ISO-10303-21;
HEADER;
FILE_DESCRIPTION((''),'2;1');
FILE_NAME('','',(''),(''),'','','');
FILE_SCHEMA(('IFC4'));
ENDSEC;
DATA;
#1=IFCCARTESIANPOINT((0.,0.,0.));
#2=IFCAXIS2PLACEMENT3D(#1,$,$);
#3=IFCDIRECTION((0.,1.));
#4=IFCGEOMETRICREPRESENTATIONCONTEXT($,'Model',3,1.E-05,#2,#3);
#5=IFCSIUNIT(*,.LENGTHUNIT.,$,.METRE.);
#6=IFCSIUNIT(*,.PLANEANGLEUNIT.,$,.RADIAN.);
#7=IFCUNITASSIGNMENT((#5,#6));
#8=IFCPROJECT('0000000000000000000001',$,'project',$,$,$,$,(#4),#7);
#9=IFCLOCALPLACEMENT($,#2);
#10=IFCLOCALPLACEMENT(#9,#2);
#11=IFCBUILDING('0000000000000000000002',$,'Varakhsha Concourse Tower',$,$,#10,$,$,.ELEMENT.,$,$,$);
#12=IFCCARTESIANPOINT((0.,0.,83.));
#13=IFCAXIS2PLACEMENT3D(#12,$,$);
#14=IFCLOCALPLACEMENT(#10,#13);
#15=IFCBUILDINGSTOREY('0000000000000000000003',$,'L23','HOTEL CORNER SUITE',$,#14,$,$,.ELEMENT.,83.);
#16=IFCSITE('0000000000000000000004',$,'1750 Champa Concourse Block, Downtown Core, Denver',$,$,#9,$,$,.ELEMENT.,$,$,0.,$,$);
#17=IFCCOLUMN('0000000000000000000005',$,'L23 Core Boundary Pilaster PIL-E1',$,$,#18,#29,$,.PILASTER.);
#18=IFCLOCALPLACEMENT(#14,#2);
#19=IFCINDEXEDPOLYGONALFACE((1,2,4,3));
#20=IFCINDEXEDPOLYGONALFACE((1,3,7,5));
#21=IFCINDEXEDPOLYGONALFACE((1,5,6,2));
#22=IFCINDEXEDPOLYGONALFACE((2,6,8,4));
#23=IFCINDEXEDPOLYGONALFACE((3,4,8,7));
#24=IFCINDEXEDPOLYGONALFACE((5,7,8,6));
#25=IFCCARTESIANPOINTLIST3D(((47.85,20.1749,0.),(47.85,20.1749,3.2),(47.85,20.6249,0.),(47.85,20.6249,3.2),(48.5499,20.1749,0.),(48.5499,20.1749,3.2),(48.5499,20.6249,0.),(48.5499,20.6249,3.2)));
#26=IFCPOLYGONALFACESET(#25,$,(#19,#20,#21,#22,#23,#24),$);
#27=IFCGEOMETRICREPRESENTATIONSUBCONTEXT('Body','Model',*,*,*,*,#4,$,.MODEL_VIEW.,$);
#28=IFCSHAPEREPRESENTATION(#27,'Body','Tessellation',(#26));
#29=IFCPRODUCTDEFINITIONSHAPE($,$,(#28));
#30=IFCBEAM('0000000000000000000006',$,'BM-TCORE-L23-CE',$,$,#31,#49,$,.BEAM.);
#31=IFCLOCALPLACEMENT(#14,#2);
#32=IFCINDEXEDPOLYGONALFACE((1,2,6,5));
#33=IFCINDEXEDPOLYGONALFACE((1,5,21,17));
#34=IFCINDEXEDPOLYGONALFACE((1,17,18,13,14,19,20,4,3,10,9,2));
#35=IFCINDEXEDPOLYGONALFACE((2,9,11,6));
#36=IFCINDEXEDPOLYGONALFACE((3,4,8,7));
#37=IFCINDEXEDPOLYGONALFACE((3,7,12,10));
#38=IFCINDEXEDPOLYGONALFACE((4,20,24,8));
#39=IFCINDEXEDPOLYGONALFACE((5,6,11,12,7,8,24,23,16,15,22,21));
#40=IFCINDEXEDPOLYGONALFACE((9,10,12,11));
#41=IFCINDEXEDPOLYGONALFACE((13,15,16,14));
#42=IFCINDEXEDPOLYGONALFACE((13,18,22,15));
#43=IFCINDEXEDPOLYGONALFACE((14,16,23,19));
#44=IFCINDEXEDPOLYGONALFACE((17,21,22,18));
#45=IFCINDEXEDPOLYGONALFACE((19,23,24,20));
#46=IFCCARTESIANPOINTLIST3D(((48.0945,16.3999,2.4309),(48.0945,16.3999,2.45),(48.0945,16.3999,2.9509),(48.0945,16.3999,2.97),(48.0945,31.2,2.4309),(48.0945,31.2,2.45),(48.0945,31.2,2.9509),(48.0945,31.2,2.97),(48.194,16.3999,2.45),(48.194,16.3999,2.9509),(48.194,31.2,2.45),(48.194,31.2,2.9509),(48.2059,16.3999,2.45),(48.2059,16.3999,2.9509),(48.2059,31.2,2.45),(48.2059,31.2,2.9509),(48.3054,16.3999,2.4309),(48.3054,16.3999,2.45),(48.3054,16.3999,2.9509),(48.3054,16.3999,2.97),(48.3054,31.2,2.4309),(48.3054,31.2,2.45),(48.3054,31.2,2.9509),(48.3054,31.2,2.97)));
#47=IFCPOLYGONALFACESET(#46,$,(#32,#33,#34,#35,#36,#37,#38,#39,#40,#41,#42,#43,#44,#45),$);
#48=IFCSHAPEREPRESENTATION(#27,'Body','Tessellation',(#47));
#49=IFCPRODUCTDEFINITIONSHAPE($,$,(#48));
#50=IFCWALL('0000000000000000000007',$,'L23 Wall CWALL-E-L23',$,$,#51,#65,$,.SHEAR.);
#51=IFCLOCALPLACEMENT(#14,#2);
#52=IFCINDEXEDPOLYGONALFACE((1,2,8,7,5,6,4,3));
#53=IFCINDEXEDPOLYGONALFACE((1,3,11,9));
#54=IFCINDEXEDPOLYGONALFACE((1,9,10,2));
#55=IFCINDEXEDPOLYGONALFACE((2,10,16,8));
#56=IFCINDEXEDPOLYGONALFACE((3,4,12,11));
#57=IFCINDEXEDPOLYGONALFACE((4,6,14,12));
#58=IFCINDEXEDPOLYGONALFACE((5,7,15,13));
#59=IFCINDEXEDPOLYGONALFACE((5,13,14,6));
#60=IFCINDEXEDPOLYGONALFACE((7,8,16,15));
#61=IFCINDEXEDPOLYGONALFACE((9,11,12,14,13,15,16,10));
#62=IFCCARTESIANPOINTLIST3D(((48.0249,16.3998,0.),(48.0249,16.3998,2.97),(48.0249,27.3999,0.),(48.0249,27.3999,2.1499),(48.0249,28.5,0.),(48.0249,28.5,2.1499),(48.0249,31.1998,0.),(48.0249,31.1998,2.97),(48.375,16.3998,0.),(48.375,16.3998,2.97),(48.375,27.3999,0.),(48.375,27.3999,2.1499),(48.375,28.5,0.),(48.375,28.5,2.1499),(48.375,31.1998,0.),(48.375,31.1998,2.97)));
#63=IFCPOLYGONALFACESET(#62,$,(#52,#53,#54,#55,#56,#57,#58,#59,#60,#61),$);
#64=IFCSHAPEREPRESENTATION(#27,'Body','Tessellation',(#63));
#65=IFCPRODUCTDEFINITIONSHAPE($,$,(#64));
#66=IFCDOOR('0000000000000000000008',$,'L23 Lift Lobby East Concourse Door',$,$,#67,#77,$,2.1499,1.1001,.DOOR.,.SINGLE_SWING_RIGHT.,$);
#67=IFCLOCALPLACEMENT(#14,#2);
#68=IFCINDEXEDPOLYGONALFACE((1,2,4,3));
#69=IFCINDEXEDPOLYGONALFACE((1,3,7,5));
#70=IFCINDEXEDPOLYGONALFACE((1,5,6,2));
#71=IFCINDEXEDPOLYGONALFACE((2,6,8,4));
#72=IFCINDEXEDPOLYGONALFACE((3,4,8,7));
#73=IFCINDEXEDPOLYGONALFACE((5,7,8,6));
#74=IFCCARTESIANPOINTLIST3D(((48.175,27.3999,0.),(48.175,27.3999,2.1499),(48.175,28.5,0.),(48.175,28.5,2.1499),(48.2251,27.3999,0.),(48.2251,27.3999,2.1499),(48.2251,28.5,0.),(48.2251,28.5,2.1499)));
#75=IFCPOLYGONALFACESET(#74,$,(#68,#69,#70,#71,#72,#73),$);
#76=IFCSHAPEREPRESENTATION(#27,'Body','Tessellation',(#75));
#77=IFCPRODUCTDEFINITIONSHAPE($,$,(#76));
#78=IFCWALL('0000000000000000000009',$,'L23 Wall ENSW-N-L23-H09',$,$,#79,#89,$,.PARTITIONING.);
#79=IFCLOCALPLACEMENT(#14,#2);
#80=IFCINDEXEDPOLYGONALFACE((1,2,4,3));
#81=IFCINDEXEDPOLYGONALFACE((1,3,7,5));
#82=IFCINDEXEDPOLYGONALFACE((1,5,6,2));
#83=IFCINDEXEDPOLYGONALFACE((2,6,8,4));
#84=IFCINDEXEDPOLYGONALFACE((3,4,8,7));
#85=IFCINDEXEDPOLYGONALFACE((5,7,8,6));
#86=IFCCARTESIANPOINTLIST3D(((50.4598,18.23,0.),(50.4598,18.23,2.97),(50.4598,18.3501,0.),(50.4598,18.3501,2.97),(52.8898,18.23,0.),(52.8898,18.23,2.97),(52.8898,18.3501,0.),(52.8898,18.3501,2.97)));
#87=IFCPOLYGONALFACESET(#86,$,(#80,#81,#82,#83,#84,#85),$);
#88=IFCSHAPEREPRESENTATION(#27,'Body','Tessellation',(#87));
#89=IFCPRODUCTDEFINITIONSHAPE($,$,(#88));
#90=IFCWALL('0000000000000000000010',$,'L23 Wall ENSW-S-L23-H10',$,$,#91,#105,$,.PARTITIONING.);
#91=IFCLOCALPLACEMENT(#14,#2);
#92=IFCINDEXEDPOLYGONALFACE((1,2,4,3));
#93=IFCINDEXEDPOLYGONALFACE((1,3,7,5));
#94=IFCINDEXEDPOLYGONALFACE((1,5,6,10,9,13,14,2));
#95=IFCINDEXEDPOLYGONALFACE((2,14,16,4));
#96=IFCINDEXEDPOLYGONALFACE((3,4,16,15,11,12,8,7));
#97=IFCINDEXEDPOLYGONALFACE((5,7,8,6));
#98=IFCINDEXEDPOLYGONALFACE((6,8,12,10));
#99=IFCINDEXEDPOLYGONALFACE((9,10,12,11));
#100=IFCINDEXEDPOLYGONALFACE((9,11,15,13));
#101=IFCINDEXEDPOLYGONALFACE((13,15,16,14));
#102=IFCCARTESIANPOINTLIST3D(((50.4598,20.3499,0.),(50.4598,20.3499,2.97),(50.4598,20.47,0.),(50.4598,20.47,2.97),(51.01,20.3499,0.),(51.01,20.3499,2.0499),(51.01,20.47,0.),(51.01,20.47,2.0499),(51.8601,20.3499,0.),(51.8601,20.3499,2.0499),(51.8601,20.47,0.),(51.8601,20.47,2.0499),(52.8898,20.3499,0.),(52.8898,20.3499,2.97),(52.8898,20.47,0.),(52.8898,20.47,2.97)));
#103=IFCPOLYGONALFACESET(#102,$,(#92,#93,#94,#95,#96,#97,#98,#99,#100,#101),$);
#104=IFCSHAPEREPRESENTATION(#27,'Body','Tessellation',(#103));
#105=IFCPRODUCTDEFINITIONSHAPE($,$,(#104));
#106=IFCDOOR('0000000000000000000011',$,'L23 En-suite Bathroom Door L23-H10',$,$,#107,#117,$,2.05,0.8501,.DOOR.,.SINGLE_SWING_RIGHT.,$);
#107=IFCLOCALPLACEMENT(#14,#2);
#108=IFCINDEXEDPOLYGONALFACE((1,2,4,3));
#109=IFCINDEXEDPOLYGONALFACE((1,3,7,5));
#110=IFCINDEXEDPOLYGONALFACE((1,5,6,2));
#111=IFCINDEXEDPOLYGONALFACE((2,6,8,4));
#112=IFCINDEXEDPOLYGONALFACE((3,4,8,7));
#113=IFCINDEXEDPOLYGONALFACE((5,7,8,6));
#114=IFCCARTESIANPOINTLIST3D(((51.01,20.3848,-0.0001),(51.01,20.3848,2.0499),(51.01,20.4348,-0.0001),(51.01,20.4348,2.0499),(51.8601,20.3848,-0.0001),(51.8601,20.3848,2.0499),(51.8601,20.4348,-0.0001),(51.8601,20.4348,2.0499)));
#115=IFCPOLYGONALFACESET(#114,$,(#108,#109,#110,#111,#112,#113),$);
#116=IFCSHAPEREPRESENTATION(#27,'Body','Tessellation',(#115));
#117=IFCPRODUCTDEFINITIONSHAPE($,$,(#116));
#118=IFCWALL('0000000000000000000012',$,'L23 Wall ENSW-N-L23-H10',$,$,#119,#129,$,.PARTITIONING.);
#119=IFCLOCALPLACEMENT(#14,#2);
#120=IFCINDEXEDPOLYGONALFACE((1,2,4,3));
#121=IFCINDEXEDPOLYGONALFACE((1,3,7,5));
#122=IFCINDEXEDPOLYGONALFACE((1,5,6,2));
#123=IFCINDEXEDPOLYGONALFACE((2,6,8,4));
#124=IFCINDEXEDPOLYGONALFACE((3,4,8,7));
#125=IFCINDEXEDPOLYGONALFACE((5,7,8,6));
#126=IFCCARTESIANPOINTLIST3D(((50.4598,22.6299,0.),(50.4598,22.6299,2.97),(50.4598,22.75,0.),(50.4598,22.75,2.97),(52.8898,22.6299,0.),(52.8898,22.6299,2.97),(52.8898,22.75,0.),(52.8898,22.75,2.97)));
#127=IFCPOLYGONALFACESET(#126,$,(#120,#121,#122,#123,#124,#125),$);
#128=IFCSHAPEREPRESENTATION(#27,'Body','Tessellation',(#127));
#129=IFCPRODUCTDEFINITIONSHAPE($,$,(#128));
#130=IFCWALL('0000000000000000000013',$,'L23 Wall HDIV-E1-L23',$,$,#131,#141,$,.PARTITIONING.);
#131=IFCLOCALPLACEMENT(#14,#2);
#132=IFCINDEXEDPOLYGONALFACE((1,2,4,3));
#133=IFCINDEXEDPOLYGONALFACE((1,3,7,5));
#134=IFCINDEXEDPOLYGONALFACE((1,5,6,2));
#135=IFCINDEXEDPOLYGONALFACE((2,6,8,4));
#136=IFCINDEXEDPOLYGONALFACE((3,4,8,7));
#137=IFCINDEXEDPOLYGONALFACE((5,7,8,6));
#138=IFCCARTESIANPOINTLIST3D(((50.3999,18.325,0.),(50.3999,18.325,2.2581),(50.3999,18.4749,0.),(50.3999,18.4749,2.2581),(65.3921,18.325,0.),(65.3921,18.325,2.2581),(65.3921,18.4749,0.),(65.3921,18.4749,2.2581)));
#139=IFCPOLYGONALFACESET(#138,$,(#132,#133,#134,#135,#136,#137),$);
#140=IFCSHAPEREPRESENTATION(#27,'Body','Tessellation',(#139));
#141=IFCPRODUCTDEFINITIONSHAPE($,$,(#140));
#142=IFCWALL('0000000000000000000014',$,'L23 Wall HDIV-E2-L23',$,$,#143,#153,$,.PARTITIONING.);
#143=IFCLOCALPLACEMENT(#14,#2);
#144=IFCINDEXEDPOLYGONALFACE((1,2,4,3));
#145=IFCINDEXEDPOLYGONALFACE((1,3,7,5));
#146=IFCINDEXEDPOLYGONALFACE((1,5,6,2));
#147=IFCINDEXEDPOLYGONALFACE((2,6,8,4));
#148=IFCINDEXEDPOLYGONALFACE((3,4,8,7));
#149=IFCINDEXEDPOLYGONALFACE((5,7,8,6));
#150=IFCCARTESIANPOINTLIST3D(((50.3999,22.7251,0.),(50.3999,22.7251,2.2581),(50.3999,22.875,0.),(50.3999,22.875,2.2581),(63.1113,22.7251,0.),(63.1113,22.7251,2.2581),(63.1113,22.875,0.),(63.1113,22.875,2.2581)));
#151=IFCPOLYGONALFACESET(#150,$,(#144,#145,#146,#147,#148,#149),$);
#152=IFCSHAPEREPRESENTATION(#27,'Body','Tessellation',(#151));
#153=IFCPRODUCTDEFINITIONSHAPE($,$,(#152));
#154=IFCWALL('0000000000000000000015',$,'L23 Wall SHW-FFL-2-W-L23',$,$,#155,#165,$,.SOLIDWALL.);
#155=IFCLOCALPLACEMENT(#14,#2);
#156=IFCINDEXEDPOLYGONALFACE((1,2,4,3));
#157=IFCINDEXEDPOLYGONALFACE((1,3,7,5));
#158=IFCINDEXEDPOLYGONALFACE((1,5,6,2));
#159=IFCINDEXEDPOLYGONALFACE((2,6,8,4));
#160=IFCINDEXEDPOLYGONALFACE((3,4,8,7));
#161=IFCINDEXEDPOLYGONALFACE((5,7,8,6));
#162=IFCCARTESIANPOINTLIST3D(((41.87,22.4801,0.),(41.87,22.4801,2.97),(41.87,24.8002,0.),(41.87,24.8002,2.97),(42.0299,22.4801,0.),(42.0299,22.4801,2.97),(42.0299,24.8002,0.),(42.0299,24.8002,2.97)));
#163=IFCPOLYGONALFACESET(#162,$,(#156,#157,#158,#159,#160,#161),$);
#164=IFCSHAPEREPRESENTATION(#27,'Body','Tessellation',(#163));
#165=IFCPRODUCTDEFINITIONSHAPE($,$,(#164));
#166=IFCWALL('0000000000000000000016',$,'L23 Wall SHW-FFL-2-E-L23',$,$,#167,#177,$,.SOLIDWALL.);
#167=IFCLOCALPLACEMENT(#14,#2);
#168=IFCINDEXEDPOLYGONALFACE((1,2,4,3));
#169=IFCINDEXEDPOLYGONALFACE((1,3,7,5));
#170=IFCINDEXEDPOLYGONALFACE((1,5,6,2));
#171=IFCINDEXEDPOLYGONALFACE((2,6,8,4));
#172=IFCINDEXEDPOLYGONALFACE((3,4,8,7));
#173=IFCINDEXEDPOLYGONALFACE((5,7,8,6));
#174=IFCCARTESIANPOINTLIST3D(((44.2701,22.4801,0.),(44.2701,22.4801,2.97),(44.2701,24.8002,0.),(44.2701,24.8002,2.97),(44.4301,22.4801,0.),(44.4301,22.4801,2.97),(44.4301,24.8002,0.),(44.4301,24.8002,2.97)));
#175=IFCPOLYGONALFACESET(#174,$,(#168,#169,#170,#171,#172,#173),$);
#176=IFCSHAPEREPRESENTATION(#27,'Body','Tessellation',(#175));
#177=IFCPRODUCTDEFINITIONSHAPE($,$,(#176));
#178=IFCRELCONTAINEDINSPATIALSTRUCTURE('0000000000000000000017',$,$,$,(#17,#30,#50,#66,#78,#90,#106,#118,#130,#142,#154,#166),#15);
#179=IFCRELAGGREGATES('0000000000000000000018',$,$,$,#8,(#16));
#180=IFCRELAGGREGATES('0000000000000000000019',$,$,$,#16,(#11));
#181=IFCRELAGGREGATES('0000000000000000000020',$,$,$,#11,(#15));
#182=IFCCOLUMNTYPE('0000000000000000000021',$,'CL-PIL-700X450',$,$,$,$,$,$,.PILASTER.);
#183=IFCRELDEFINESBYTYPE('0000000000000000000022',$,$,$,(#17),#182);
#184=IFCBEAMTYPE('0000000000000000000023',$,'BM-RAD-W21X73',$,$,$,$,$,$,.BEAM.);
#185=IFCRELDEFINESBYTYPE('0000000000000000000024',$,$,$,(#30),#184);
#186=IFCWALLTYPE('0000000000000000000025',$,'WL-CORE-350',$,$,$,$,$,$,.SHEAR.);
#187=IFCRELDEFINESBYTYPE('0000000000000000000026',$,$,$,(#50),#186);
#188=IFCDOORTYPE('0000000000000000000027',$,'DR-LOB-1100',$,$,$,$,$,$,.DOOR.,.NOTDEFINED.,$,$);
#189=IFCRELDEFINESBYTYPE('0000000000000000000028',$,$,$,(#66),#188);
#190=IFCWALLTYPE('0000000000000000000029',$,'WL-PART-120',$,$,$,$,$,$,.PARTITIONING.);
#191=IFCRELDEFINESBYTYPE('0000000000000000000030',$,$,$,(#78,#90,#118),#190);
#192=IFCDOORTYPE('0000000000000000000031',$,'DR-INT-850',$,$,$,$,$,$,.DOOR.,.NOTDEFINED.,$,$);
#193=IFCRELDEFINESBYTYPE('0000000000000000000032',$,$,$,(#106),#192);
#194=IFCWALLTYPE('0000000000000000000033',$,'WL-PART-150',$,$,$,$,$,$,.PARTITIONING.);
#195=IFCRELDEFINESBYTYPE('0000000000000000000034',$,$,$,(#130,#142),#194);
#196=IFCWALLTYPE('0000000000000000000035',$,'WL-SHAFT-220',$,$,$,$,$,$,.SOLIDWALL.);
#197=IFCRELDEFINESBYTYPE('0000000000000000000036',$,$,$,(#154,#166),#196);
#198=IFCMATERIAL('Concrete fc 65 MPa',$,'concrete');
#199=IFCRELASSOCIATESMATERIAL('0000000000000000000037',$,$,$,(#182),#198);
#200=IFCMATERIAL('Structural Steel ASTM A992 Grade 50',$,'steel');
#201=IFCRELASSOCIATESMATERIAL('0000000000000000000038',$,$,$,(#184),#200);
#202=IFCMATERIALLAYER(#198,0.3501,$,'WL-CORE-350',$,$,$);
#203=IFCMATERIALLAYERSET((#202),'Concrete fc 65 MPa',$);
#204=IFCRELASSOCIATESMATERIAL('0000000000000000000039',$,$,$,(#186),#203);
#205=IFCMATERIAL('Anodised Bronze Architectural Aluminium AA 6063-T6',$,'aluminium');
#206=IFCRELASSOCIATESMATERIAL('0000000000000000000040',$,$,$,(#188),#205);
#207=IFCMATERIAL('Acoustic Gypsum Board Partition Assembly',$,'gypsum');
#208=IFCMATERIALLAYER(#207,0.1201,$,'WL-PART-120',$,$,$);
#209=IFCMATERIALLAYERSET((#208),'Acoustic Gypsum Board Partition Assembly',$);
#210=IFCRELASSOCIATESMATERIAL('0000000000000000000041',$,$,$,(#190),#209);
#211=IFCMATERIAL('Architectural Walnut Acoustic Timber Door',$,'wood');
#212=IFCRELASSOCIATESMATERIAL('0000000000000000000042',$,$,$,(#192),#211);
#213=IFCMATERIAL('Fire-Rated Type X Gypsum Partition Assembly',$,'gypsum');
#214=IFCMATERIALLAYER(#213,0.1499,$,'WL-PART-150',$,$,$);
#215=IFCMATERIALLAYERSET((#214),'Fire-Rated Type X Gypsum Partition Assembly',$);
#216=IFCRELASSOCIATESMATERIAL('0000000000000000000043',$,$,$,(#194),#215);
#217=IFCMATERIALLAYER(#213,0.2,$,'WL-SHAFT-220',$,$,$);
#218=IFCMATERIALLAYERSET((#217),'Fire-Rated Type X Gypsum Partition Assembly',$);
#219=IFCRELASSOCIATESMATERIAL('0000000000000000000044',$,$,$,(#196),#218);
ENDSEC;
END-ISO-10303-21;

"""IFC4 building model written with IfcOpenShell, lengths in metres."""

from ifc_helpers import new_model, si_unit, direction, frame, frame_2d, origin, origin_2d, place, context, subcontext, project, spatial, rectangle, i_section, extrude, material, layer, layer_set, material_profile, profile_set, type_object, element, fill, save


model = new_model("IFC4")

# Units and contexts
model_context = context("Model", 3, precision=1e-05, world=origin(), true_north=direction((0.0, 1.0)))
body_context = subcontext(model_context, "Body", "Model", "MODEL_VIEW")
ifc_project = project(units=[si_unit("LENGTHUNIT", "METRE"), si_unit("PLANEANGLEUNIT", "RADIAN")], contexts=[model_context])

# Site, building, storey
site_placement = place(None, origin())
site = spatial("IfcSite", under=ifc_project, at=site_placement, Name="1750 Champa Concourse Block, Downtown Core, Denver", CompositionType="ELEMENT", RefElevation=0.0)
building_placement = place(site_placement, origin())
building = spatial("IfcBuilding", under=site, at=building_placement, Name="Varakhsha Concourse Tower", CompositionType="ELEMENT")
storey_placement = place(building_placement, frame((0.0, 0.0, 83.0)))
storey = spatial("IfcBuildingStorey", under=building, at=storey_placement, Name="L23", Description="HOTEL CORNER SUITE", CompositionType="ELEMENT", Elevation=83.0)

# Column
ifc_material_1 = material(Name="Concrete fc 65 MPa", Category="concrete")
ifc_material_profile_1 = material_profile(ifc_material_1, rectangle(XDim=0.7, YDim=0.45, at=origin_2d()), Name="RC 700x450")
ifc_profile_set_1 = profile_set([ifc_material_profile_1], Name="Concrete fc 65 MPa")
column_type = type_object("IfcColumnType", Name="CL-PIL-700X450", PredefinedType="PILASTER", material=ifc_profile_set_1)
column_placement = place(storey_placement, frame((48.2, 20.3999, 0.0), z_axis=(0.0, 0.0, 1.0), x_axis=(1.0, 0.0, 0.0)))
element("IfcColumn", 1, at=column_placement, inside=storey, type_object=column_type, Name="L23 Core Boundary Pilaster PIL-E1", PredefinedType="PILASTER", context=body_context, shape_type="SweptSolid", body=[
    extrude(rectangle(XDim=0.7, YDim=0.45, at=origin_2d()), origin(), (0.0, 0.0, 1.0), 3.2),
])

# Beam
ifc_material_2 = material(Name="Structural Steel ASTM A992 Grade 50", Category="steel")
ifc_material_profile_2 = material_profile(ifc_material_2, i_section(OverallWidth=0.2109, OverallDepth=0.5391, WebThickness=0.012, FlangeThickness=0.019, at=origin_2d()), Name="W21X73")
ifc_profile_set_2 = profile_set([ifc_material_profile_2], Name="Structural Steel ASTM A992 Grade 50")
beam_type = type_object("IfcBeamType", Name="BM-RAD-W21X73", PredefinedType="BEAM", material=ifc_profile_set_2)
beam_placement = place(storey_placement, frame((48.2, 16.3999, 2.7004), z_axis=(0.0, 1.0, 0.0), x_axis=(-1.0, 0.0, 0.0)))
element("IfcBeam", 2, at=beam_placement, inside=storey, type_object=beam_type, Name="BM-TCORE-L23-CE", PredefinedType="BEAM", context=body_context, shape_type="SweptSolid", body=[
    extrude(i_section(OverallWidth=0.2109, OverallDepth=0.5391, WebThickness=0.012, FlangeThickness=0.019, at=origin_2d()), origin(), (0.0, 0.0, 1.0), 14.8),
])

# Wall, opening, door
ifc_layer_1 = layer(ifc_material_1, 0.3501, Name="WL-CORE-350")
ifc_layer_set_1 = layer_set([ifc_layer_1], Name="Concrete fc 65 MPa")
wall_type_1 = type_object("IfcWallType", Name="WL-CORE-350", PredefinedType="SHEAR", material=ifc_layer_set_1)
wall_1_placement = place(storey_placement, frame((48.2, 16.3999, 0.0), z_axis=(0.0, 0.0, 1.0), x_axis=(0.0, 1.0, 0.0)))
wall_1 = element("IfcWall", 3, at=wall_1_placement, inside=storey, type_object=wall_type_1, Name="L23 Wall CWALL-E-L23", PredefinedType="SHEAR", context=body_context, shape_type="SweptSolid", body=[
    extrude(rectangle(XDim=14.8, YDim=0.3501, at=frame_2d((7.3999, 0.0))), origin(), (0.0, 0.0, 1.0), 2.97),
])
opening_1_placement = place(wall_1_placement, frame((11.0, 0.0, 0.0)))
opening_1 = element("IfcOpeningElement", 4, at=opening_1_placement, cuts=wall_1, PredefinedType="OPENING", context=body_context, shape_type="SweptSolid", body=[
    extrude(rectangle(XDim=1.1001, YDim=2.1499, at=frame_2d((0.55, 1.075))), frame((0.0, 0.1851, 0.0), z_axis=(0.0, -1.0, 0.0), x_axis=(1.0, 0.0, 0.0)), (0.0, 0.0, 1.0), 0.3701),
])
ifc_material_3 = material(Name="Anodised Bronze Architectural Aluminium AA 6063-T6", Category="aluminium")
door_type_1 = type_object("IfcDoorType", Name="DR-LOB-1100", OperationType="NOTDEFINED", PredefinedType="DOOR", material=ifc_material_3)
door_1_placement = place(opening_1_placement, origin())
door_1 = element("IfcDoor", 5, at=door_1_placement, inside=storey, type_object=door_type_1, Name="L23 Lift Lobby East Concourse Door", OperationType="SINGLE_SWING_RIGHT", OverallHeight=2.1499, OverallWidth=1.1001, PredefinedType="DOOR", context=body_context, shape_type="SweptSolid", body=[
    extrude(rectangle(XDim=1.1001, YDim=2.1499, at=frame_2d((0.55, 1.075))), frame((0.0, 0.0249, 0.0), z_axis=(0.0, -1.0, 0.0), x_axis=(1.0, 0.0, 0.0)), (0.0, 0.0, 1.0), 0.05),
])
fill(opening_1, door_1)

# Wall
ifc_material_4 = material(Name="Acoustic Gypsum Board Partition Assembly", Category="gypsum")
ifc_layer_2 = layer(ifc_material_4, 0.1201, Name="WL-PART-120")
ifc_layer_set_2 = layer_set([ifc_layer_2], Name="Acoustic Gypsum Board Partition Assembly")
wall_type_2 = type_object("IfcWallType", Name="WL-PART-120", PredefinedType="PARTITIONING", material=ifc_layer_set_2)
wall_2_placement = place(storey_placement, frame((50.46, 18.29, 0.0), z_axis=(0.0, 0.0, 1.0), x_axis=(1.0, 0.0, 0.0)))
element("IfcWall", 6, at=wall_2_placement, inside=storey, type_object=wall_type_2, Name="L23 Wall ENSW-N-L23-H09", PredefinedType="PARTITIONING", context=body_context, shape_type="SweptSolid", body=[
    extrude(rectangle(XDim=2.4299, YDim=0.1201, at=frame_2d((1.2148, 0.0))), origin(), (0.0, 0.0, 1.0), 2.97),
])

# Wall, opening, door
wall_3_placement = place(storey_placement, frame((50.46, 20.4099, 0.0), z_axis=(0.0, 0.0, 1.0), x_axis=(1.0, 0.0, 0.0)))
wall_3 = element("IfcWall", 7, at=wall_3_placement, inside=storey, type_object=wall_type_2, Name="L23 Wall ENSW-S-L23-H10", PredefinedType="PARTITIONING", context=body_context, shape_type="SweptSolid", body=[
    extrude(rectangle(XDim=2.4299, YDim=0.1201, at=frame_2d((1.2148, 0.0))), origin(), (0.0, 0.0, 1.0), 2.97),
])
opening_2_placement = place(wall_3_placement, frame((0.55, 0.0, 0.0)))
opening_2 = element("IfcOpeningElement", 8, at=opening_2_placement, cuts=wall_3, PredefinedType="OPENING", context=body_context, shape_type="SweptSolid", body=[
    extrude(rectangle(XDim=0.8501, YDim=2.05, at=frame_2d((0.425, 1.0249))), frame((0.0, 0.0701, 0.0), z_axis=(0.0, -1.0, 0.0), x_axis=(1.0, 0.0, 0.0)), (0.0, 0.0, 1.0), 0.1401),
])
ifc_material_5 = material(Name="Architectural Walnut Acoustic Timber Door", Category="wood")
door_type_2 = type_object("IfcDoorType", Name="DR-INT-850", OperationType="NOTDEFINED", PredefinedType="DOOR", material=ifc_material_5)
door_2_placement = place(opening_2_placement, origin())
door_2 = element("IfcDoor", 9, at=door_2_placement, inside=storey, type_object=door_type_2, Name="L23 En-suite Bathroom Door L23-H10", OperationType="SINGLE_SWING_RIGHT", OverallHeight=2.05, OverallWidth=0.8501, PredefinedType="DOOR", context=body_context, shape_type="SweptSolid", body=[
    extrude(rectangle(XDim=0.8501, YDim=2.05, at=frame_2d((0.425, 1.0249))), frame((0.0, 0.0249, 0.0), z_axis=(0.0, -1.0, 0.0), x_axis=(1.0, 0.0, 0.0)), (0.0, 0.0, 1.0), 0.05),
])
fill(opening_2, door_2)

# Walls
wall_4_placement = place(storey_placement, frame((50.46, 22.6899, 0.0), z_axis=(0.0, 0.0, 1.0), x_axis=(1.0, 0.0, 0.0)))
element("IfcWall", 10, at=wall_4_placement, inside=storey, type_object=wall_type_2, Name="L23 Wall ENSW-N-L23-H10", PredefinedType="PARTITIONING", context=body_context, shape_type="SweptSolid", body=[
    extrude(rectangle(XDim=2.4299, YDim=0.1201, at=frame_2d((1.2148, 0.0))), origin(), (0.0, 0.0, 1.0), 2.97),
])
ifc_material_6 = material(Name="Fire-Rated Type X Gypsum Partition Assembly", Category="gypsum")
ifc_layer_3 = layer(ifc_material_6, 0.1499, Name="WL-PART-150")
ifc_layer_set_3 = layer_set([ifc_layer_3], Name="Fire-Rated Type X Gypsum Partition Assembly")
wall_type_3 = type_object("IfcWallType", Name="WL-PART-150", PredefinedType="PARTITIONING", material=ifc_layer_set_3)
wall_5_placement = place(storey_placement, frame((50.3999, 18.3999, 0.0), z_axis=(0.0, 0.0, 1.0), x_axis=(1.0, 0.0, 0.0)))
element("IfcWall", 11, at=wall_5_placement, inside=storey, type_object=wall_type_3, Name="L23 Wall HDIV-E1-L23", PredefinedType="PARTITIONING", context=body_context, shape_type="SweptSolid", body=[
    extrude(rectangle(XDim=14.9922, YDim=0.1499, at=frame_2d((7.4961, 0.0))), origin(), (0.0, 0.0, 1.0), 2.2581),
])
wall_6_placement = place(storey_placement, frame((50.3999, 22.8, 0.0), z_axis=(0.0, 0.0, 1.0), x_axis=(1.0, 0.0, 0.0)))
element("IfcWall", 12, at=wall_6_placement, inside=storey, type_object=wall_type_3, Name="L23 Wall HDIV-E2-L23", PredefinedType="PARTITIONING", context=body_context, shape_type="SweptSolid", body=[
    extrude(rectangle(XDim=12.7114, YDim=0.1499, at=frame_2d((6.3557, 0.0))), origin(), (0.0, 0.0, 1.0), 2.2581),
])
ifc_layer_4 = layer(ifc_material_6, 0.2, Name="WL-SHAFT-220")
ifc_layer_set_4 = layer_set([ifc_layer_4], Name="Fire-Rated Type X Gypsum Partition Assembly")
wall_type_4 = type_object("IfcWallType", Name="WL-SHAFT-220", PredefinedType="SOLIDWALL", material=ifc_layer_set_4)
for number, where, z_axis, x_axis, name in (
    (13, (41.95, 22.48, 0.0), (0.0, 0.0, 1.0), (0.0, 1.0, 0.0), "L23 Wall SHW-FFL-2-W-L23"),
    (14, (44.3501, 22.48, 0.0), (0.0, 0.0, 1.0), (0.0, 1.0, 0.0), "L23 Wall SHW-FFL-2-E-L23"),
):
    element("IfcWall", number, at=place(storey_placement, frame(where, z_axis=z_axis, x_axis=x_axis)), inside=storey, type_object=wall_type_4, Name=name, PredefinedType="SOLIDWALL", context=body_context, shape_type="SweptSolid", body=[
        extrude(rectangle(XDim=2.3201, YDim=0.1599, at=frame_2d((1.1602, 0.0))), origin(), (0.0, 0.0, 1.0), 2.97),
    ])

save(model, "model.ifc")
